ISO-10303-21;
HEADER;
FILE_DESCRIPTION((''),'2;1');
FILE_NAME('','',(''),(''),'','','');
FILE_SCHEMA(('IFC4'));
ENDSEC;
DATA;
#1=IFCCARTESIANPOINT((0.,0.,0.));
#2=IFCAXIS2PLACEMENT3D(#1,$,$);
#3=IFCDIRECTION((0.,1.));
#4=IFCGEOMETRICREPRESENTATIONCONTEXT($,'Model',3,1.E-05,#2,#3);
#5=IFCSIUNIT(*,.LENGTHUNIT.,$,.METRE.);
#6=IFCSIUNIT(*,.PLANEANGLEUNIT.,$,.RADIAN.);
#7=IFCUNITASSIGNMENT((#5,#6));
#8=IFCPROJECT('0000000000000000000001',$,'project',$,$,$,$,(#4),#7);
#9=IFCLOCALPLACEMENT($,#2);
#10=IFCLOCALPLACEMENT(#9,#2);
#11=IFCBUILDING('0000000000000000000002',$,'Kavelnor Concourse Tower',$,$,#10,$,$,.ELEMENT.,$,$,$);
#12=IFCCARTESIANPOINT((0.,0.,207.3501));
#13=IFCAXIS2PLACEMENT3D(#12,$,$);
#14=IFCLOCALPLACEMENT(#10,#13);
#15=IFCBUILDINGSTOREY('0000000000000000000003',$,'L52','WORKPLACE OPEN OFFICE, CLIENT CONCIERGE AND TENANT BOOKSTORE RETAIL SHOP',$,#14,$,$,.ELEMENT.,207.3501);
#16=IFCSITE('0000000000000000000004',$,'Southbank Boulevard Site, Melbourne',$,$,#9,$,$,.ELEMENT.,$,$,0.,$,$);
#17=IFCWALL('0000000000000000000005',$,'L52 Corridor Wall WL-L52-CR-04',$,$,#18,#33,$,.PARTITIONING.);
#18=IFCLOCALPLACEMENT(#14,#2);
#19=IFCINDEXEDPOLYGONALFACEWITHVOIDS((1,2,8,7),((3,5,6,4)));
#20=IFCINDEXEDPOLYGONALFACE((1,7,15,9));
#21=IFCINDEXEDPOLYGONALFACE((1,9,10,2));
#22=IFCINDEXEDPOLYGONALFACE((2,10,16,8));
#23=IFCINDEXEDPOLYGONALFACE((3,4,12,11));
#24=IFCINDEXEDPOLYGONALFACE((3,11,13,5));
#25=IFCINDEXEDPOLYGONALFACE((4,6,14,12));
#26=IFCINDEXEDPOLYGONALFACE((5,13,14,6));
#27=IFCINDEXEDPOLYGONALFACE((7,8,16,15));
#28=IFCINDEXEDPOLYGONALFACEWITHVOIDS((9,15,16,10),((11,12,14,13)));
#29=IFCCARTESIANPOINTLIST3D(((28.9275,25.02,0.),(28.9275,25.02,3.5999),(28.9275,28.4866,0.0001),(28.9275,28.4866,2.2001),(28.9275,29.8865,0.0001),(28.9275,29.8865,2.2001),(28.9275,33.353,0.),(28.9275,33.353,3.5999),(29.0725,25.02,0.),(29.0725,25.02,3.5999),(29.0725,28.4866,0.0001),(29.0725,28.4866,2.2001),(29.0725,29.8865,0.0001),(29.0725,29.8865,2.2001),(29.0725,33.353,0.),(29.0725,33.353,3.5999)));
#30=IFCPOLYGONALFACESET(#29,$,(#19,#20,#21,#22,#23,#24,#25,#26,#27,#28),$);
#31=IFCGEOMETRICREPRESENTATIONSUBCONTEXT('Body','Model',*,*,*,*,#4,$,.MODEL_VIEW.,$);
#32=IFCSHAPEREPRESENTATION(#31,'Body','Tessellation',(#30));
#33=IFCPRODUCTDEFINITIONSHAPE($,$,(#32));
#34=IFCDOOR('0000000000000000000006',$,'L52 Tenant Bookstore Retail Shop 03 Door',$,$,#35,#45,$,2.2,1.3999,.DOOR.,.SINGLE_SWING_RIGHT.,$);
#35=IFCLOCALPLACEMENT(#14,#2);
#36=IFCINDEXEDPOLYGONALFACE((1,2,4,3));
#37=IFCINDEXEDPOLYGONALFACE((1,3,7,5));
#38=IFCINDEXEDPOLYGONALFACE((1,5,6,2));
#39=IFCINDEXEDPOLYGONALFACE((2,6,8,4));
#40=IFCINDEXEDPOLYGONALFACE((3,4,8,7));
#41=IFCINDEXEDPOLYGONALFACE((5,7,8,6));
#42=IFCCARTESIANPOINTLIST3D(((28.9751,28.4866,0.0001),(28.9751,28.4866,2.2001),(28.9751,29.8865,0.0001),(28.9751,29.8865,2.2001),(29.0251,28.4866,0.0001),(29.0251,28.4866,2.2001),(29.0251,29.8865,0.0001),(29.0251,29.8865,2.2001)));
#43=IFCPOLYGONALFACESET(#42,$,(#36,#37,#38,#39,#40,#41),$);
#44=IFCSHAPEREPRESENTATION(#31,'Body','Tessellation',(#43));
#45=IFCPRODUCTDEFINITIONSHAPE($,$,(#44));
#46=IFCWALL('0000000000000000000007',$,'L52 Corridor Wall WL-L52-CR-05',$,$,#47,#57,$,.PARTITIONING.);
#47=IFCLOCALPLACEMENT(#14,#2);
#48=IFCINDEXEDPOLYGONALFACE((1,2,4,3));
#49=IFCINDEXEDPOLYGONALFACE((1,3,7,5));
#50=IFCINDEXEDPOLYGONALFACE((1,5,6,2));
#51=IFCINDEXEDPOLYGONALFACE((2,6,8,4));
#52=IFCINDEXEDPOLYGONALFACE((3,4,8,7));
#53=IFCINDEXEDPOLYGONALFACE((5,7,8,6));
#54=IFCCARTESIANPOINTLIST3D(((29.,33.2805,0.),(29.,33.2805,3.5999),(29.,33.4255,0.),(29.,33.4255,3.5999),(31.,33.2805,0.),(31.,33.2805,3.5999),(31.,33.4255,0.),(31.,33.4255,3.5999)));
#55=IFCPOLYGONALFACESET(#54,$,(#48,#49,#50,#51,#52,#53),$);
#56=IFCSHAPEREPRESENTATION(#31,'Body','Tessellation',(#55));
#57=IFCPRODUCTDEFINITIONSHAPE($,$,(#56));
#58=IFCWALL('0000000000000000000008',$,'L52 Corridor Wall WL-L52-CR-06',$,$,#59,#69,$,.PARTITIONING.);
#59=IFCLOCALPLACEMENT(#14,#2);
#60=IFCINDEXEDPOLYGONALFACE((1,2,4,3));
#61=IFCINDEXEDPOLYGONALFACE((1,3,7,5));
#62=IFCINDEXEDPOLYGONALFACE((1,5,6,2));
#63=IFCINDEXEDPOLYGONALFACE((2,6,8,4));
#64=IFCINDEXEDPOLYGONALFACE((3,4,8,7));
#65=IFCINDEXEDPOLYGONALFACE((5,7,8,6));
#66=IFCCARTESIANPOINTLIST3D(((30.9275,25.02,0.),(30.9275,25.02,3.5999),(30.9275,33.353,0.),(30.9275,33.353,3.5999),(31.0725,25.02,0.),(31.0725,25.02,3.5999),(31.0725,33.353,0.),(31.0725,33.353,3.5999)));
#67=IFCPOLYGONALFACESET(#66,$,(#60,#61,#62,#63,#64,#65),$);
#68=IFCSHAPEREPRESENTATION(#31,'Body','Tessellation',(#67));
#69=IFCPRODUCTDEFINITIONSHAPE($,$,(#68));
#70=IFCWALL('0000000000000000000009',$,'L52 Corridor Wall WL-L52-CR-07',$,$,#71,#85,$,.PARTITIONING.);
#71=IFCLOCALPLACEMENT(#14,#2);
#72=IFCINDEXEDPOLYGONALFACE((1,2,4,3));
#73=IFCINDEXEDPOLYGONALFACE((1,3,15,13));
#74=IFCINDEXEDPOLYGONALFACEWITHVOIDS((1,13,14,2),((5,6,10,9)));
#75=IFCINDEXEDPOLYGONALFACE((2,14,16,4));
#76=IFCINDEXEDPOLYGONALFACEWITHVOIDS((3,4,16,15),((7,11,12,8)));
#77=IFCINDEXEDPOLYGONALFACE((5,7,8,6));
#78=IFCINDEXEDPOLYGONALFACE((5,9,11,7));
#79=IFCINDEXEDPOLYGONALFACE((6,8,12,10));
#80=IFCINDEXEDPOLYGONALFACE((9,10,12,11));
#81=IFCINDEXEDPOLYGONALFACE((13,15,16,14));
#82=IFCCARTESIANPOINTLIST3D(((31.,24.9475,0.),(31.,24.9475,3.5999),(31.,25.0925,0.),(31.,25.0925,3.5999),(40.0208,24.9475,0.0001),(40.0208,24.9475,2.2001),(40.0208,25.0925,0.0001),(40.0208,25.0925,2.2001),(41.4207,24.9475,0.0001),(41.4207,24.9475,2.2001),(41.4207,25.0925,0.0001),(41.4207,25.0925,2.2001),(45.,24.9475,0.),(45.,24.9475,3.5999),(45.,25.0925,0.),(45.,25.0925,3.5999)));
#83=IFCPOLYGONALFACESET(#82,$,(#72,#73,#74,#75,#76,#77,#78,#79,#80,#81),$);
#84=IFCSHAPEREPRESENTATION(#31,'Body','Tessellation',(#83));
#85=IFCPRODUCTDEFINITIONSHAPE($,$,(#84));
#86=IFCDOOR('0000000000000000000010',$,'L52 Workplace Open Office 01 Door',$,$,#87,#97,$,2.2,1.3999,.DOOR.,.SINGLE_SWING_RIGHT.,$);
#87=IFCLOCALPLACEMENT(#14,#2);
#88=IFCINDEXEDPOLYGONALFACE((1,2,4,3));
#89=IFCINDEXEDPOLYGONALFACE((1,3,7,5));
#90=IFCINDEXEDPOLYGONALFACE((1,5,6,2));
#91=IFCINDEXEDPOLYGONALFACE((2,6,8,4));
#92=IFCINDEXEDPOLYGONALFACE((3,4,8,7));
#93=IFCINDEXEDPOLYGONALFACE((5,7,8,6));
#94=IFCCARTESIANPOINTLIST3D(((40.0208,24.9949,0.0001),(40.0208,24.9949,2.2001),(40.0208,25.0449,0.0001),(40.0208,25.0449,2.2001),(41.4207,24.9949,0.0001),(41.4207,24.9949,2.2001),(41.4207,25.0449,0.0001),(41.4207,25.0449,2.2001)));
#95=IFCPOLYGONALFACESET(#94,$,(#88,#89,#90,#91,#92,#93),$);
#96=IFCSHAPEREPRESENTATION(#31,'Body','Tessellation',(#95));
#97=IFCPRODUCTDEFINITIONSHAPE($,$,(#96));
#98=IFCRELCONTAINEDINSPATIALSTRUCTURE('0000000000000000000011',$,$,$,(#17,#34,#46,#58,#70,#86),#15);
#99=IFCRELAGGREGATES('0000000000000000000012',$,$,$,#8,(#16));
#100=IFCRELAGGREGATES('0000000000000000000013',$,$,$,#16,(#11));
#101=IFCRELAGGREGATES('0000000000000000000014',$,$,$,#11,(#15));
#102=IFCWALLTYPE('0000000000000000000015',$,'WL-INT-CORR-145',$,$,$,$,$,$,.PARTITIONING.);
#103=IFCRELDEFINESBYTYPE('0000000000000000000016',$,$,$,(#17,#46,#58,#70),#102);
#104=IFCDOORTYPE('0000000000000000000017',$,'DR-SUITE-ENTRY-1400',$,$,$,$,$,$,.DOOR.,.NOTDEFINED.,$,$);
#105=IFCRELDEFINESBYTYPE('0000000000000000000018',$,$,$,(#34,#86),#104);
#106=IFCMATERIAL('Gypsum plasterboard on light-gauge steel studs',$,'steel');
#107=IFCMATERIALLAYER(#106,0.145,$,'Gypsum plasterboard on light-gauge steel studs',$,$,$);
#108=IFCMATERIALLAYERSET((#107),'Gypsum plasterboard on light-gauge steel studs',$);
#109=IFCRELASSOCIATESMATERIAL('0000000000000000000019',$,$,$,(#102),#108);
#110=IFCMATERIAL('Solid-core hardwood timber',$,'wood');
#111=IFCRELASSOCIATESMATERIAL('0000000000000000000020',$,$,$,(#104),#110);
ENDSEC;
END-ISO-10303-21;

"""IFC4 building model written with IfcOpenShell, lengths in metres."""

from ifc_helpers import new_model, si_unit, direction, frame, frame_2d, origin, place, context, subcontext, project, spatial, rectangle, extrude, material, layer, layer_set, type_object, element, fill, save


model = new_model("IFC4")

# Units and contexts
model_context = context("Model", 3, precision=1e-05, world=origin(), true_north=direction((0.0, 1.0)))
body_context = subcontext(model_context, "Body", "Model", "MODEL_VIEW")
ifc_project = project(units=[si_unit("LENGTHUNIT", "METRE"), si_unit("PLANEANGLEUNIT", "RADIAN")], contexts=[model_context])

# Site, building, storey
site_placement = place(None, origin())
site = spatial("IfcSite", under=ifc_project, at=site_placement, Name="Southbank Boulevard Site, Melbourne", CompositionType="ELEMENT", RefElevation=0.0)
building_placement = place(site_placement, origin())
building = spatial("IfcBuilding", under=site, at=building_placement, Name="Kavelnor Concourse Tower", CompositionType="ELEMENT")
storey_placement = place(building_placement, frame((0.0, 0.0, 207.3501)))
storey = spatial("IfcBuildingStorey", under=building, at=storey_placement, Name="L52", Description="WORKPLACE OPEN OFFICE, CLIENT CONCIERGE AND TENANT BOOKSTORE RETAIL SHOP", CompositionType="ELEMENT", Elevation=207.3501)

# Shared definitions
ifc_material_1 = material(Name="Gypsum plasterboard on light-gauge steel studs", Category="steel")
ifc_layer_1 = layer(ifc_material_1, 0.145, Name="Gypsum plasterboard on light-gauge steel studs")
ifc_layer_set_1 = layer_set([ifc_layer_1], Name="Gypsum plasterboard on light-gauge steel studs")
wall_type_1 = type_object("IfcWallType", Name="WL-INT-CORR-145", PredefinedType="PARTITIONING", material=ifc_layer_set_1)

# Wall, opening, door
wall_1_placement = place(storey_placement, frame((29.0, 25.02, 0.0), z_axis=(0.0, 0.0, 1.0), x_axis=(0.0, 1.0, 0.0)))
wall_1 = element("IfcWall", 1, at=wall_1_placement, inside=storey, type_object=wall_type_1, Name="L52 Corridor Wall WL-L52-CR-04", PredefinedType="PARTITIONING", context=body_context, shape_type="SweptSolid", body=[
    extrude(rectangle(XDim=8.333, YDim=0.145, at=frame_2d((4.1665, 0.0))), origin(), (0.0, 0.0, 1.0), 3.5999),
])
opening_1_placement = place(wall_1_placement, frame((3.4666, 0.0, 0.0)))
opening_1 = element("IfcOpeningElement", 2, at=opening_1_placement, cuts=wall_1, PredefinedType="OPENING", context=body_context, shape_type="SweptSolid", body=[
    extrude(rectangle(XDim=1.3999, YDim=2.2, at=frame_2d((0.7, 1.1001))), frame((0.0, 0.0825, 0.0), z_axis=(0.0, -1.0, 0.0), x_axis=(1.0, 0.0, 0.0)), (0.0, 0.0, 1.0), 0.165),
])
ifc_material_2 = material(Name="Solid-core hardwood timber", Category="wood")
door_type = type_object("IfcDoorType", Name="DR-SUITE-ENTRY-1400", OperationType="NOTDEFINED", PredefinedType="DOOR", material=ifc_material_2)
door_1_placement = place(opening_1_placement, origin())
door_1 = element("IfcDoor", 3, at=door_1_placement, inside=storey, type_object=door_type, Name="L52 Tenant Bookstore Retail Shop 03 Door", OperationType="SINGLE_SWING_RIGHT", OverallHeight=2.2, OverallWidth=1.3999, PredefinedType="DOOR", context=body_context, shape_type="SweptSolid", body=[
    extrude(rectangle(XDim=1.3999, YDim=2.2, at=frame_2d((0.7, 1.1001))), frame((0.0, 0.0249, 0.0), z_axis=(0.0, -1.0, 0.0), x_axis=(1.0, 0.0, 0.0)), (0.0, 0.0, 1.0), 0.05),
])
fill(opening_1, door_1)

# Walls
wall_2_placement = place(storey_placement, frame((29.0, 33.353, 0.0), z_axis=(0.0, 0.0, 1.0), x_axis=(1.0, 0.0, 0.0)))
element("IfcWall", 4, at=wall_2_placement, inside=storey, type_object=wall_type_1, Name="L52 Corridor Wall WL-L52-CR-05", PredefinedType="PARTITIONING", context=body_context, shape_type="SweptSolid", body=[
    extrude(rectangle(XDim=2.0, YDim=0.145, at=frame_2d((1.0, 0.0))), origin(), (0.0, 0.0, 1.0), 3.5999),
])
wall_3_placement = place(storey_placement, frame((31.0, 33.353, 0.0), z_axis=(0.0, 0.0, 1.0), x_axis=(0.0, -1.0, 0.0)))
element("IfcWall", 5, at=wall_3_placement, inside=storey, type_object=wall_type_1, Name="L52 Corridor Wall WL-L52-CR-06", PredefinedType="PARTITIONING", context=body_context, shape_type="SweptSolid", body=[
    extrude(rectangle(XDim=8.333, YDim=0.145, at=frame_2d((4.1665, 0.0))), origin(), (0.0, 0.0, 1.0), 3.5999),
])

# Wall, opening, door
wall_4_placement = place(storey_placement, frame((31.0, 25.02, 0.0), z_axis=(0.0, 0.0, 1.0), x_axis=(1.0, 0.0, 0.0)))
wall_4 = element("IfcWall", 6, at=wall_4_placement, inside=storey, type_object=wall_type_1, Name="L52 Corridor Wall WL-L52-CR-07", PredefinedType="PARTITIONING", context=body_context, shape_type="SweptSolid", body=[
    extrude(rectangle(XDim=14.0, YDim=0.145, at=frame_2d((7.0, 0.0))), origin(), (0.0, 0.0, 1.0), 3.5999),
])
opening_2_placement = place(wall_4_placement, frame((9.0208, 0.0, 0.0)))
opening_2 = element("IfcOpeningElement", 7, at=opening_2_placement, cuts=wall_4, PredefinedType="OPENING", context=body_context, shape_type="SweptSolid", body=[
    extrude(rectangle(XDim=1.3999, YDim=2.2, at=frame_2d((0.7, 1.1001))), frame((0.0, 0.0825, 0.0), z_axis=(0.0, -1.0, 0.0), x_axis=(1.0, 0.0, 0.0)), (0.0, 0.0, 1.0), 0.165),
])
door_2_placement = place(opening_2_placement, origin())
door_2 = element("IfcDoor", 8, at=door_2_placement, inside=storey, type_object=door_type, Name="L52 Workplace Open Office 01 Door", OperationType="SINGLE_SWING_RIGHT", OverallHeight=2.2, OverallWidth=1.3999, PredefinedType="DOOR", context=body_context, shape_type="SweptSolid", body=[
    extrude(rectangle(XDim=1.3999, YDim=2.2, at=frame_2d((0.7, 1.1001))), frame((0.0, 0.0249, 0.0), z_axis=(0.0, -1.0, 0.0), x_axis=(1.0, 0.0, 0.0)), (0.0, 0.0, 1.0), 0.05),
])
fill(opening_2, door_2)

save(model, "model.ifc")
